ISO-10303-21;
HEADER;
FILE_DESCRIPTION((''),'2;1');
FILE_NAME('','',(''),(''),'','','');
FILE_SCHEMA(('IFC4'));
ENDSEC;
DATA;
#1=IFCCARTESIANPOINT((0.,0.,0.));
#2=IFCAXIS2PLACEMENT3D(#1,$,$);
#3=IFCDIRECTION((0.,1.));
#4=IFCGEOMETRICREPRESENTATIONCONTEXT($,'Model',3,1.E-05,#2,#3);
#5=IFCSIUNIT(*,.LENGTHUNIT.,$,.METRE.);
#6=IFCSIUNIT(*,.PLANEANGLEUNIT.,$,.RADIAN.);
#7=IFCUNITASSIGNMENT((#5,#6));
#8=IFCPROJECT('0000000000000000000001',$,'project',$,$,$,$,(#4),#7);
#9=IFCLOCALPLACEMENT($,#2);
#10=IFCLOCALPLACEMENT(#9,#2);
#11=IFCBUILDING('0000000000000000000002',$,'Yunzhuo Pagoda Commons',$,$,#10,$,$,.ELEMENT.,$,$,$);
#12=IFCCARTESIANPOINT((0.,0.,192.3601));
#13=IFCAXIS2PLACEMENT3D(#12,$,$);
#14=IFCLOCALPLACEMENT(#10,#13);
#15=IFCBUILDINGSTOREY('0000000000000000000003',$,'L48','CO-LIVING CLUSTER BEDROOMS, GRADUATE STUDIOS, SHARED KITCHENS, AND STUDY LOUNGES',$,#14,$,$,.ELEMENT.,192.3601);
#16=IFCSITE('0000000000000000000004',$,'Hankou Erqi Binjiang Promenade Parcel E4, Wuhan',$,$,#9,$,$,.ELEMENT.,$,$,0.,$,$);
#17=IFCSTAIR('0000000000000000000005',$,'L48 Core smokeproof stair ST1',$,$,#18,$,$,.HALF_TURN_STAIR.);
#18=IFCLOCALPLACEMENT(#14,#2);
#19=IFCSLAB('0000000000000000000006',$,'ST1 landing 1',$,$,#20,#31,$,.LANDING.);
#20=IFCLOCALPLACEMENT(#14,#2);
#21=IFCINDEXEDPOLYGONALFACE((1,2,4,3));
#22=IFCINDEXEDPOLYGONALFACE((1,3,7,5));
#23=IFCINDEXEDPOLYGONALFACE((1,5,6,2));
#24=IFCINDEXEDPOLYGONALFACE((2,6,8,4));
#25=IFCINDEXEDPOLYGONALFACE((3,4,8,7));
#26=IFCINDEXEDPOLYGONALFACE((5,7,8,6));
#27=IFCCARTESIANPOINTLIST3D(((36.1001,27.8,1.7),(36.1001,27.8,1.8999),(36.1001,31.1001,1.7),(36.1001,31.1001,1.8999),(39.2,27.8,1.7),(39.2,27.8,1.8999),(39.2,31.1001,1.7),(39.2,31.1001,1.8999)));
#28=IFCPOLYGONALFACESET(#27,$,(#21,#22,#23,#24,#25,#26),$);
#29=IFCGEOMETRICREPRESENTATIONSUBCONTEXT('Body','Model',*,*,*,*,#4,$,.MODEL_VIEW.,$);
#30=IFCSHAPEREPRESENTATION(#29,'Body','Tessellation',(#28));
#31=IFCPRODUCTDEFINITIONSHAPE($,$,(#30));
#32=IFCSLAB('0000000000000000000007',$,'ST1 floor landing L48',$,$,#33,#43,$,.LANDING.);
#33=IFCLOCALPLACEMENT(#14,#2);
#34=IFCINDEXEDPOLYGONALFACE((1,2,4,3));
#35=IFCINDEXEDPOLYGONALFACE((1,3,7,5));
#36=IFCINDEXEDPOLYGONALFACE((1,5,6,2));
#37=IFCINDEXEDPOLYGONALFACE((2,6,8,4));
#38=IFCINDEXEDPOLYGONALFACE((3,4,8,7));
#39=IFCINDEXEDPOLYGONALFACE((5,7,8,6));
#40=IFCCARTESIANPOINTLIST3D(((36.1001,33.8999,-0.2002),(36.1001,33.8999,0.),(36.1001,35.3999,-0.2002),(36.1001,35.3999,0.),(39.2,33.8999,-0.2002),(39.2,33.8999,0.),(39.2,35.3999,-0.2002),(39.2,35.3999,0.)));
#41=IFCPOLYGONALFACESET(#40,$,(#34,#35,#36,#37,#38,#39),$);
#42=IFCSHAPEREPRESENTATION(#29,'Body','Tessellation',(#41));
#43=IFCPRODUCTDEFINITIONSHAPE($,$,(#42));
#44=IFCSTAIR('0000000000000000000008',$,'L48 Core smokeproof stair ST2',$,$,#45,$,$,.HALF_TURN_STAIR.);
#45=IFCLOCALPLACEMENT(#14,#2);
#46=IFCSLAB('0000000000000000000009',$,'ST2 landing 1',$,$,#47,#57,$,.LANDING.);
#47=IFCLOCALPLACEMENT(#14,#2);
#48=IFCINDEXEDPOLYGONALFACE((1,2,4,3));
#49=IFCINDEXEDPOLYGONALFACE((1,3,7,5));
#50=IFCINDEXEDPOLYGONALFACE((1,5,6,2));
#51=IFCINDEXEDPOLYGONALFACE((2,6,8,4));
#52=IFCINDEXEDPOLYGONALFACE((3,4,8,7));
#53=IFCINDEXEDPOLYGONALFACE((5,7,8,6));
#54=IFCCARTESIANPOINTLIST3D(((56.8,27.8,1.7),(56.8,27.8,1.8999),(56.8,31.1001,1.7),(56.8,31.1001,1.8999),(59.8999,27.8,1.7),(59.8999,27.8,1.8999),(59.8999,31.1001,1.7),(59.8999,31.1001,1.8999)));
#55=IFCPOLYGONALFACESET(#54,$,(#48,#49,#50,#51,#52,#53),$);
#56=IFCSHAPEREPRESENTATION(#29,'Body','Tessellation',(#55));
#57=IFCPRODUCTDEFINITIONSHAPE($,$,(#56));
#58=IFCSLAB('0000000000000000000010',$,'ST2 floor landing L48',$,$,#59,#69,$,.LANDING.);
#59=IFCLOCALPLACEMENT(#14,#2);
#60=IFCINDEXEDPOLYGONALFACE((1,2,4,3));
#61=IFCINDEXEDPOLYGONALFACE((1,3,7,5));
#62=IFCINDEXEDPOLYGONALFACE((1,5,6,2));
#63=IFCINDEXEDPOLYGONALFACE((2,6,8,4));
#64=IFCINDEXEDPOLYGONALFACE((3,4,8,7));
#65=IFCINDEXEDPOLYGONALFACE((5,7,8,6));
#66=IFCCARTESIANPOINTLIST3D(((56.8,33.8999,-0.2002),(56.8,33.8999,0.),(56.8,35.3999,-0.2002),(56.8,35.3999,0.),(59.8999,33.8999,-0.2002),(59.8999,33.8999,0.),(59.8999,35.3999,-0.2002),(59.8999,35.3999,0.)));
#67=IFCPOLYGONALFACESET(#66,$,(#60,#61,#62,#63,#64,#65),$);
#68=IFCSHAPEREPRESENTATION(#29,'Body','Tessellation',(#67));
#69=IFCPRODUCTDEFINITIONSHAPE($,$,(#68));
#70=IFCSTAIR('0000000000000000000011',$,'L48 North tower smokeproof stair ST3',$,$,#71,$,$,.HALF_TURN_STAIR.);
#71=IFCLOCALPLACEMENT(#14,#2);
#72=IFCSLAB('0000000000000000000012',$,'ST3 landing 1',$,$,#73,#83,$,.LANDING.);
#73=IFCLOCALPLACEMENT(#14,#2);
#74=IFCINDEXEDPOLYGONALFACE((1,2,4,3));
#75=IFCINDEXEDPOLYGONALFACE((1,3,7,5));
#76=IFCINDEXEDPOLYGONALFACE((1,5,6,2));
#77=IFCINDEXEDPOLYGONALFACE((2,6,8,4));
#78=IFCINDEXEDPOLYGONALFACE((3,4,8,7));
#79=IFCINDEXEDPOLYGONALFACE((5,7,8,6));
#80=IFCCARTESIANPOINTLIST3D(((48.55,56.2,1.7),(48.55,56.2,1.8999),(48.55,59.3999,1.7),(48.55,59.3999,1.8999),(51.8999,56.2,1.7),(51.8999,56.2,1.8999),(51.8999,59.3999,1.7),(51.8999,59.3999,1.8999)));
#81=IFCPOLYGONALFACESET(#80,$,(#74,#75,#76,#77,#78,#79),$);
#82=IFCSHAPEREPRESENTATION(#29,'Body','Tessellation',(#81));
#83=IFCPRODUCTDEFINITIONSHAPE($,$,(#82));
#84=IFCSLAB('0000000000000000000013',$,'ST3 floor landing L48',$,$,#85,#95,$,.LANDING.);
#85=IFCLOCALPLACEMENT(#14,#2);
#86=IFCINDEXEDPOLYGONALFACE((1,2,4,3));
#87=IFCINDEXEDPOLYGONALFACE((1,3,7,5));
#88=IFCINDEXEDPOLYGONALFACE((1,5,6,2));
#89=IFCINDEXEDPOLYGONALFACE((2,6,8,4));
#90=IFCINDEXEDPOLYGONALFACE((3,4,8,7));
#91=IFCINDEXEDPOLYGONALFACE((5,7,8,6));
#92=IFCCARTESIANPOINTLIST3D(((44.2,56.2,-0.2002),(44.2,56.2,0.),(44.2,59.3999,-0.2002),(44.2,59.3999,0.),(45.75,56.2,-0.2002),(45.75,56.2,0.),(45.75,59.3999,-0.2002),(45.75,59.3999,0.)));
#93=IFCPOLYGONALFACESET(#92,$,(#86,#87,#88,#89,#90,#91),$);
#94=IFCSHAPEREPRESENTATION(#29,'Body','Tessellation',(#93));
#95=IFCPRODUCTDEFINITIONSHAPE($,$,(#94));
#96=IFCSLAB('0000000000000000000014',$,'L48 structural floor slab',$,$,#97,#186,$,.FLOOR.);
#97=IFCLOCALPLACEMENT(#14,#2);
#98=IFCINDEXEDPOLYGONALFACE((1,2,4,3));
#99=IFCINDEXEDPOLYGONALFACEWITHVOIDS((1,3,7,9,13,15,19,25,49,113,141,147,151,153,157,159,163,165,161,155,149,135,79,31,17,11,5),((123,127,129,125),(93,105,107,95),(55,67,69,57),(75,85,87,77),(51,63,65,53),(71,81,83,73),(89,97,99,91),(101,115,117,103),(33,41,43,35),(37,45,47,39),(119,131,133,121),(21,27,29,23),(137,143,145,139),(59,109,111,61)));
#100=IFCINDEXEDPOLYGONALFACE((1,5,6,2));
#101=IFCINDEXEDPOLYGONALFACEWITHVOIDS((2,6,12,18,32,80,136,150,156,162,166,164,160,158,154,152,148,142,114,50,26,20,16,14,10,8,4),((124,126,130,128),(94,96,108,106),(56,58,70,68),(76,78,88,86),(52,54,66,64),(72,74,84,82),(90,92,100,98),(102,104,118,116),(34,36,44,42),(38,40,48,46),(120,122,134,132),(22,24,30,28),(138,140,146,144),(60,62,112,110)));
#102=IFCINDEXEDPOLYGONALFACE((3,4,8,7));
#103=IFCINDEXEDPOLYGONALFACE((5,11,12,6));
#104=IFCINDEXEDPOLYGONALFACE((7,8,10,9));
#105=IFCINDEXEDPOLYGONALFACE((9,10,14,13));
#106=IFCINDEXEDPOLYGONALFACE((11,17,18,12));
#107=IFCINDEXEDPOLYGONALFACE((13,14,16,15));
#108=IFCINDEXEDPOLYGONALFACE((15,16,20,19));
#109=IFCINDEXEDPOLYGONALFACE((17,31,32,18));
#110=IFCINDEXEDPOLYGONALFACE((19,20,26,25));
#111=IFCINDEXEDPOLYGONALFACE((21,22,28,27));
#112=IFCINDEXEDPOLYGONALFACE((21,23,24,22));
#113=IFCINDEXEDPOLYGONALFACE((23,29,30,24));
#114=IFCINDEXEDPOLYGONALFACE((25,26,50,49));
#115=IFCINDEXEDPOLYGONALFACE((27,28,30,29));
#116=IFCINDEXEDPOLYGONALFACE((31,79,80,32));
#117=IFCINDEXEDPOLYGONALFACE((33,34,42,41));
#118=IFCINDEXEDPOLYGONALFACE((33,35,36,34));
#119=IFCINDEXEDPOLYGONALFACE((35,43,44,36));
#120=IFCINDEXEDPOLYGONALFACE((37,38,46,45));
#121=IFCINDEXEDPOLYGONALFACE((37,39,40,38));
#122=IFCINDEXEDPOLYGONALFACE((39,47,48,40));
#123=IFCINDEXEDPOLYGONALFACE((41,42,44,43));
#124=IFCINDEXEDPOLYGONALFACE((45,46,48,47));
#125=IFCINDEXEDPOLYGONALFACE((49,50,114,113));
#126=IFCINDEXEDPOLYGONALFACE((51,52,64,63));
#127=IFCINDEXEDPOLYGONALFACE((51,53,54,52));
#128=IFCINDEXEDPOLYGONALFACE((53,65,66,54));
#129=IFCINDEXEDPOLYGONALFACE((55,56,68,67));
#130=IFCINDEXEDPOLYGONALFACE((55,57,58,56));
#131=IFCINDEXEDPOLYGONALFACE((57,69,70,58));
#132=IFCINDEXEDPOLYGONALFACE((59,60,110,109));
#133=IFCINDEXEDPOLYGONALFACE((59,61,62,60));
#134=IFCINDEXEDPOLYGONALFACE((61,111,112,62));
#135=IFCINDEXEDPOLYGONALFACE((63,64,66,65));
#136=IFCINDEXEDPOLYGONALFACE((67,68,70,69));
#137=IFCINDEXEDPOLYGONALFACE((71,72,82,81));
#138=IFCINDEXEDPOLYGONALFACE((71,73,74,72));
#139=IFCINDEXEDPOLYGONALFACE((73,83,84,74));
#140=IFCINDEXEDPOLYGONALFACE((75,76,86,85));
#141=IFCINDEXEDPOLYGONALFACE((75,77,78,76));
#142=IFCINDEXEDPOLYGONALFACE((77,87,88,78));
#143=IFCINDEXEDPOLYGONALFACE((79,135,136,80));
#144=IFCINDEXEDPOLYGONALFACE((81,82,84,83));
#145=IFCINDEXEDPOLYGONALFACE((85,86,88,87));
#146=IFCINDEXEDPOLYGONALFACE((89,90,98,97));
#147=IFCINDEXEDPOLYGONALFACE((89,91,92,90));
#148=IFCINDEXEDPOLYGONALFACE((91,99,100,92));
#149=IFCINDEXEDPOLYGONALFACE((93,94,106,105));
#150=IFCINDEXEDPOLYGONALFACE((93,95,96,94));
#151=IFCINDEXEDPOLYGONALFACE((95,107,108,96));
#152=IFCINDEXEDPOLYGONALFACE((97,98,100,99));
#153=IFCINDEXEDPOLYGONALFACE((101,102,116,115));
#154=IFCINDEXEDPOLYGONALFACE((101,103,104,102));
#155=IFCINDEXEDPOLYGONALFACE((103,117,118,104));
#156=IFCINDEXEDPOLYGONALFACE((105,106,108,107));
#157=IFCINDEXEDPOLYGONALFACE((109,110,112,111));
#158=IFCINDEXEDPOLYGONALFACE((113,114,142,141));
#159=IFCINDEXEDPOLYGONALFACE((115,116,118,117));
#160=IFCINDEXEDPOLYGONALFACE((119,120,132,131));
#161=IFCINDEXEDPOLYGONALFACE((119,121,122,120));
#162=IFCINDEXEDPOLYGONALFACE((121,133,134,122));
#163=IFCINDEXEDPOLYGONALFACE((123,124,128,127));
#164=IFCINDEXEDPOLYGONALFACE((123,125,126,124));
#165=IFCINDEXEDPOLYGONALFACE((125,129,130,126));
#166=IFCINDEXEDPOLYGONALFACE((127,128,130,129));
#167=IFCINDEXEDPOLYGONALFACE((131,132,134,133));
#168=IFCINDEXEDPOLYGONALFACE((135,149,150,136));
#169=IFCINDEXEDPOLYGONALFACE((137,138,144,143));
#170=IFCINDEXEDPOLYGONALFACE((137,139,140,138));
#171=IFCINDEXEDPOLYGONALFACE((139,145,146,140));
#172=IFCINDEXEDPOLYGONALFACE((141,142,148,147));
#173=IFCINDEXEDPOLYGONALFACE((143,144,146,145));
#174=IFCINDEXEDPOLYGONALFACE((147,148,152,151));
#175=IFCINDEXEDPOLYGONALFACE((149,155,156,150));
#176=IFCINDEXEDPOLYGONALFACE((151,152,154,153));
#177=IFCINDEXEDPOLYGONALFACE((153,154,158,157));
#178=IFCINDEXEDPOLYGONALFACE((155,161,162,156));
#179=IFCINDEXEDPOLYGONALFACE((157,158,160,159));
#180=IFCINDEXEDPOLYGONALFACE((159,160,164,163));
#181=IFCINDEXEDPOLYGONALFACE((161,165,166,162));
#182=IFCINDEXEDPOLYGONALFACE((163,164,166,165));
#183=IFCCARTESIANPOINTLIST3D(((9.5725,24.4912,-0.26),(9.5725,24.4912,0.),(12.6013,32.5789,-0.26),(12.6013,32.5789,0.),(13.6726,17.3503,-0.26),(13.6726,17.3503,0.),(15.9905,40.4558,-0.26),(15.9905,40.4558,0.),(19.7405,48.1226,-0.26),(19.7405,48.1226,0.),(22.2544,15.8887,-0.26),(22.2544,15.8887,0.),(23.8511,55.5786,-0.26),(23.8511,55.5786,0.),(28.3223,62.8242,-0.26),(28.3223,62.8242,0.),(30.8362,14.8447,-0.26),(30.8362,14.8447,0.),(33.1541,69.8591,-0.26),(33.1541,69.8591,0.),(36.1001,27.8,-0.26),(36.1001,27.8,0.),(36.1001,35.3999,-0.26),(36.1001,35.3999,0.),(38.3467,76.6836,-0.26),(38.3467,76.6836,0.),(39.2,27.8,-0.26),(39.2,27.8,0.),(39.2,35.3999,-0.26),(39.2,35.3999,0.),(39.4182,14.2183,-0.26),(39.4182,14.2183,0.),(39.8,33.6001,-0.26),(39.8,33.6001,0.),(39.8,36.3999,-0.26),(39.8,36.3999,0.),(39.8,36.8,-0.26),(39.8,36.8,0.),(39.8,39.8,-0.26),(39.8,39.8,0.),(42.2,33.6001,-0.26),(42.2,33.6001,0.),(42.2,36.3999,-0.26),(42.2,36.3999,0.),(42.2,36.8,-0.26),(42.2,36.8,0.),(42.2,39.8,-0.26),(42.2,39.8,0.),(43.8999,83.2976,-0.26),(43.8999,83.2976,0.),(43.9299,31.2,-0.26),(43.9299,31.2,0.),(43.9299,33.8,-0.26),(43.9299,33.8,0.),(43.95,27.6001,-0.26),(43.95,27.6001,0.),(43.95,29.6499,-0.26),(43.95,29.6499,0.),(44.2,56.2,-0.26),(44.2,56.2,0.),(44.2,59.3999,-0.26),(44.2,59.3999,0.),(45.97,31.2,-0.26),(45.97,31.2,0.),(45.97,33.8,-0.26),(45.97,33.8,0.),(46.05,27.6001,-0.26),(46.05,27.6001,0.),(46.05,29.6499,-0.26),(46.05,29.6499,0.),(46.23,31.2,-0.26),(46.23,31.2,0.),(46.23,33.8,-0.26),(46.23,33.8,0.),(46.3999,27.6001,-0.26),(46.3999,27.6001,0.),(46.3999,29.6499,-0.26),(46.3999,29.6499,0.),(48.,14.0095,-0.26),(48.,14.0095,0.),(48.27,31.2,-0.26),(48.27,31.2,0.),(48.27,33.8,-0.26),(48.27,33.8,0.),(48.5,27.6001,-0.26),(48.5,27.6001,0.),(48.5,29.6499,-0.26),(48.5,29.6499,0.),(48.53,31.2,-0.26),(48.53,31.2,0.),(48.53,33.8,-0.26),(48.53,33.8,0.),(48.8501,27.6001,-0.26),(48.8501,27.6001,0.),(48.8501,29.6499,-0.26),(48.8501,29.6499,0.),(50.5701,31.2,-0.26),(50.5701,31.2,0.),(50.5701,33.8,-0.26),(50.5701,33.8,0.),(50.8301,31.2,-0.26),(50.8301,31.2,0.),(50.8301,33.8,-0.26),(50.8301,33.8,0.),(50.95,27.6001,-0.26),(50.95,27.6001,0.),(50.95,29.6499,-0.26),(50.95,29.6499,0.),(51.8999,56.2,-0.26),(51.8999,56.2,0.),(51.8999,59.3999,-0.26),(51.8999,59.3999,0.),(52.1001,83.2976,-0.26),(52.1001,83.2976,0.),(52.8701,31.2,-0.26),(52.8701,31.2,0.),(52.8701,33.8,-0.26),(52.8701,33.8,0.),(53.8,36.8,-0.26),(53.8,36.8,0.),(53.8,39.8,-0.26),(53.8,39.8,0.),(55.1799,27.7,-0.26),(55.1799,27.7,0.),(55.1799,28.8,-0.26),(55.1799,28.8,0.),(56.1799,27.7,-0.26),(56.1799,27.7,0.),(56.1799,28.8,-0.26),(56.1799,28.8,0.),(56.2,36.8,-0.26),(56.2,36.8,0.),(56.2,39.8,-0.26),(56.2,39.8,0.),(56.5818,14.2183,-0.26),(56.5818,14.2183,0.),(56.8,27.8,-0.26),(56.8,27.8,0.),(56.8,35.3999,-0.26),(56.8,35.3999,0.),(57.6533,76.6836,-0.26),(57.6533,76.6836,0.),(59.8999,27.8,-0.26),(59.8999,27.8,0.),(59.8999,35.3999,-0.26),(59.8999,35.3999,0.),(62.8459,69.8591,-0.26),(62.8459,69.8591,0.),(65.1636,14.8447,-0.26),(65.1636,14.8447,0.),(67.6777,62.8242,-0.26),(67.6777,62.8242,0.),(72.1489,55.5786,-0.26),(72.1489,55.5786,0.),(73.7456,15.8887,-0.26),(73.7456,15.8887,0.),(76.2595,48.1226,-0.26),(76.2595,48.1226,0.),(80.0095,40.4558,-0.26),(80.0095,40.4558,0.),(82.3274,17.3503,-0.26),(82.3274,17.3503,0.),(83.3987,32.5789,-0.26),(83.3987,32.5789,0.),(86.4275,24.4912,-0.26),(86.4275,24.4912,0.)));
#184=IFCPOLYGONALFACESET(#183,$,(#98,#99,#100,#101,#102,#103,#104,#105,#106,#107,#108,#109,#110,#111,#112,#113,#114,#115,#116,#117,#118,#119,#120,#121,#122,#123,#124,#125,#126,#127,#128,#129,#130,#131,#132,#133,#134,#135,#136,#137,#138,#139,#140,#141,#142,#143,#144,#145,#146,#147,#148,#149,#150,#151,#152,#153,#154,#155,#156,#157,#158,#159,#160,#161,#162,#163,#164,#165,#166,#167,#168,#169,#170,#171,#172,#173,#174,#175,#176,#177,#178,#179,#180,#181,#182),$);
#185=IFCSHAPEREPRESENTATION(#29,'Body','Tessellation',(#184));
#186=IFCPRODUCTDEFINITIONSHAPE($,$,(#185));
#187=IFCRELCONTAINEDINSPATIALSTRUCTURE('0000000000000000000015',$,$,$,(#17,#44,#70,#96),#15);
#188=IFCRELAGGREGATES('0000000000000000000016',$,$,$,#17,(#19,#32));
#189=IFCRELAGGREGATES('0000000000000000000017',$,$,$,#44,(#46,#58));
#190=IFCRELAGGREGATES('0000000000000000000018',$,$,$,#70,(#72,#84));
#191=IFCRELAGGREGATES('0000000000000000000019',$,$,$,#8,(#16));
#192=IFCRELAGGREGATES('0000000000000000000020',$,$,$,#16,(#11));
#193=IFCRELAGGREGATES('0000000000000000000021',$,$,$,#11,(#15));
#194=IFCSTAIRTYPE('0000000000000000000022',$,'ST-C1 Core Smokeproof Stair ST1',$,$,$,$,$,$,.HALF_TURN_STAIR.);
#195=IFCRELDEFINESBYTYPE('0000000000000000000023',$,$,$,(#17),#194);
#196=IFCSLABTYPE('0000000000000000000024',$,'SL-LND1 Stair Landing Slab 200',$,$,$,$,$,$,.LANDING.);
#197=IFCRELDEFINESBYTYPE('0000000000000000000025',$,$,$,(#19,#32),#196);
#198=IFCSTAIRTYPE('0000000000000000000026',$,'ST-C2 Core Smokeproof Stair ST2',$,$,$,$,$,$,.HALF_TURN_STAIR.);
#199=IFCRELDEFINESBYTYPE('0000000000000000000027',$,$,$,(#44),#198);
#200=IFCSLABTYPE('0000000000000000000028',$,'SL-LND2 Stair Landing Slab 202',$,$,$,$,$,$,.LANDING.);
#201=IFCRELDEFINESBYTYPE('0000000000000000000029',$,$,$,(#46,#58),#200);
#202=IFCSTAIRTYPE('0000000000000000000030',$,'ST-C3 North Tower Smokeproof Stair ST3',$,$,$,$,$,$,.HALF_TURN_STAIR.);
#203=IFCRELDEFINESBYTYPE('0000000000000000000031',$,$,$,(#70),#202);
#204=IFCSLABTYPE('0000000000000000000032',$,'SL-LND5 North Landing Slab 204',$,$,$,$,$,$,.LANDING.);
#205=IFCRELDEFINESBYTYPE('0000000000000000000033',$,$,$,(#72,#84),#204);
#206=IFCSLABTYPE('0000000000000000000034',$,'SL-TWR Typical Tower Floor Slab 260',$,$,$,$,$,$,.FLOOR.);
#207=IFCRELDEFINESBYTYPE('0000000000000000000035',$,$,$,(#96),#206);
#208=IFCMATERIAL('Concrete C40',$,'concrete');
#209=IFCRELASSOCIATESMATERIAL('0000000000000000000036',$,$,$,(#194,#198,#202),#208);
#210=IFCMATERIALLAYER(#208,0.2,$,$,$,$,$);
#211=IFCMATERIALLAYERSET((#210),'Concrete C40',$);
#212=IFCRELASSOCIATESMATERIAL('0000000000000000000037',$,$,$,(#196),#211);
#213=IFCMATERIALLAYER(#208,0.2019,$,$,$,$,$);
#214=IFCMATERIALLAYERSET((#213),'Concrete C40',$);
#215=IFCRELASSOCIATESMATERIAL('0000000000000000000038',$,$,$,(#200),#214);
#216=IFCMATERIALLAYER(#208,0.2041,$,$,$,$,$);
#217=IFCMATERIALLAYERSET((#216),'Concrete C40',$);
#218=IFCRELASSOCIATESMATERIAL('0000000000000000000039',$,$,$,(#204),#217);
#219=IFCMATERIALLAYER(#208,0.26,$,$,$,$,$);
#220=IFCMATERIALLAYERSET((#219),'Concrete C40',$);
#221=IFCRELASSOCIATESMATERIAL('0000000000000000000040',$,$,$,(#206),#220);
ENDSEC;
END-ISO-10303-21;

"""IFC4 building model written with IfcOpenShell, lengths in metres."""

from ifc_helpers import new_model, si_unit, direction, frame, origin, place, context, subcontext, project, spatial, polyline, outline, extrude, material, layer, layer_set, type_object, element, aggregate, save


model = new_model("IFC4")

# Units and contexts
model_context = context("Model", 3, precision=1e-05, world=origin(), true_north=direction((0.0, 1.0)))
body_context = subcontext(model_context, "Body", "Model", "MODEL_VIEW")
ifc_project = project(units=[si_unit("LENGTHUNIT", "METRE"), si_unit("PLANEANGLEUNIT", "RADIAN")], contexts=[model_context])

# Site, building, storey
site_placement = place(None, origin())
site = spatial("IfcSite", under=ifc_project, at=site_placement, Name="Hankou Erqi Binjiang Promenade Parcel E4, Wuhan", CompositionType="ELEMENT", RefElevation=0.0)
building_placement = place(site_placement, origin())
building = spatial("IfcBuilding", under=site, at=building_placement, Name="Yunzhuo Pagoda Commons", CompositionType="ELEMENT")
storey_placement = place(building_placement, frame((0.0, 0.0, 192.3601)))
storey = spatial("IfcBuildingStorey", under=building, at=storey_placement, Name="L48", Description="CO-LIVING CLUSTER BEDROOMS, GRADUATE STUDIOS, SHARED KITCHENS, AND STUDY LOUNGES", CompositionType="ELEMENT", Elevation=192.3601)

# Shared definitions
ifc_material_1 = material(Name="Concrete C40", Category="concrete")

# Stairs, slabs
stair_type_1 = type_object("IfcStairType", Name="ST-C1 Core Smokeproof Stair ST1", PredefinedType="HALF_TURN_STAIR", material=ifc_material_1)
stair_1_placement = place(storey_placement, origin())
stair_1 = element("IfcStair", 1, at=stair_1_placement, inside=storey, type_object=stair_type_1, Name="L48 Core smokeproof stair ST1", PredefinedType="HALF_TURN_STAIR")
ifc_layer_1 = layer(ifc_material_1, 0.2)
ifc_layer_set_1 = layer_set([ifc_layer_1], Name="Concrete C40")
slab_type_1 = type_object("IfcSlabType", Name="SL-LND1 Stair Landing Slab 200", PredefinedType="LANDING", material=ifc_layer_set_1)
slab_1_placement = place(storey_placement, frame((0.0, 0.0, 1.7)))
slab_1 = element("IfcSlab", 2, at=slab_1_placement, type_object=slab_type_1, Name="ST1 landing 1", PredefinedType="LANDING", context=body_context, shape_type="SweptSolid", body=[
    extrude(outline(polyline([(36.1001, 31.1001), (36.1001, 27.8), (39.2, 27.8), (39.2, 31.1001), (36.1001, 31.1001)])), origin(), (0.0, 0.0, 1.0), 0.2),
])
slab_2_placement = place(storey_placement, frame((0.0, 0.0, -0.2002)))
slab_2 = element("IfcSlab", 3, at=slab_2_placement, type_object=slab_type_1, Name="ST1 floor landing L48", PredefinedType="LANDING", context=body_context, shape_type="SweptSolid", body=[
    extrude(outline(polyline([(36.1001, 35.3999), (36.1001, 33.8999), (39.2, 33.8999), (39.2, 35.3999), (36.1001, 35.3999)])), origin(), (0.0, 0.0, 1.0), 0.2002),
])
aggregate(stair_1, [slab_1, slab_2])
stair_type_2 = type_object("IfcStairType", Name="ST-C2 Core Smokeproof Stair ST2", PredefinedType="HALF_TURN_STAIR", material=ifc_material_1)
stair_2_placement = place(storey_placement, origin())
stair_2 = element("IfcStair", 4, at=stair_2_placement, inside=storey, type_object=stair_type_2, Name="L48 Core smokeproof stair ST2", PredefinedType="HALF_TURN_STAIR")
ifc_layer_2 = layer(ifc_material_1, 0.2019)
ifc_layer_set_2 = layer_set([ifc_layer_2], Name="Concrete C40")
slab_type_2 = type_object("IfcSlabType", Name="SL-LND2 Stair Landing Slab 202", PredefinedType="LANDING", material=ifc_layer_set_2)
slab_3_placement = place(storey_placement, frame((0.0, 0.0, 1.7)))
slab_3 = element("IfcSlab", 5, at=slab_3_placement, type_object=slab_type_2, Name="ST2 landing 1", PredefinedType="LANDING", context=body_context, shape_type="SweptSolid", body=[
    extrude(outline(polyline([(56.8, 31.1001), (56.8, 27.8), (59.8999, 27.8), (59.8999, 31.1001), (56.8, 31.1001)])), origin(), (0.0, 0.0, 1.0), 0.2),
])
slab_4_placement = place(storey_placement, frame((0.0, 0.0, -0.2002)))
slab_4 = element("IfcSlab", 6, at=slab_4_placement, type_object=slab_type_2, Name="ST2 floor landing L48", PredefinedType="LANDING", context=body_context, shape_type="SweptSolid", body=[
    extrude(outline(polyline([(56.8, 35.3999), (56.8, 33.8999), (59.8999, 33.8999), (59.8999, 35.3999), (56.8, 35.3999)])), origin(), (0.0, 0.0, 1.0), 0.2002),
])
aggregate(stair_2, [slab_3, slab_4])
stair_type_3 = type_object("IfcStairType", Name="ST-C3 North Tower Smokeproof Stair ST3", PredefinedType="HALF_TURN_STAIR", material=ifc_material_1)
stair_3_placement = place(storey_placement, origin())
stair_3 = element("IfcStair", 7, at=stair_3_placement, inside=storey, type_object=stair_type_3, Name="L48 North tower smokeproof stair ST3", PredefinedType="HALF_TURN_STAIR")
ifc_layer_3 = layer(ifc_material_1, 0.2041)
ifc_layer_set_3 = layer_set([ifc_layer_3], Name="Concrete C40")
slab_type_3 = type_object("IfcSlabType", Name="SL-LND5 North Landing Slab 204", PredefinedType="LANDING", material=ifc_layer_set_3)
slab_5_placement = place(storey_placement, frame((0.0, 0.0, 1.7)))
slab_5 = element("IfcSlab", 8, at=slab_5_placement, type_object=slab_type_3, Name="ST3 landing 1", PredefinedType="LANDING", context=body_context, shape_type="SweptSolid", body=[
    extrude(outline(polyline([(48.55, 56.2), (51.8999, 56.2), (51.8999, 59.3999), (48.55, 59.3999), (48.55, 56.2)])), origin(), (0.0, 0.0, 1.0), 0.2),
])
slab_6_placement = place(storey_placement, frame((0.0, 0.0, -0.2002)))
slab_6 = element("IfcSlab", 9, at=slab_6_placement, type_object=slab_type_3, Name="ST3 floor landing L48", PredefinedType="LANDING", context=body_context, shape_type="SweptSolid", body=[
    extrude(outline(polyline([(44.2, 56.2), (45.75, 56.2), (45.75, 59.3999), (44.2, 59.3999), (44.2, 56.2)])), origin(), (0.0, 0.0, 1.0), 0.2002),
])
aggregate(stair_3, [slab_5, slab_6])

# Slab
ifc_layer_4 = layer(ifc_material_1, 0.26)
ifc_layer_set_4 = layer_set([ifc_layer_4], Name="Concrete C40")
slab_type_4 = type_object("IfcSlabType", Name="SL-TWR Typical Tower Floor Slab 260", PredefinedType="FLOOR", material=ifc_layer_set_4)
slab_7_placement = place(storey_placement, frame((0.0, 0.0, -0.26)))
element("IfcSlab", 10, at=slab_7_placement, inside=storey, type_object=slab_type_4, Name="L48 structural floor slab", PredefinedType="FLOOR", context=body_context, shape_type="SweptSolid", body=[
    extrude(outline(polyline([(12.6013, 32.5789), (15.9905, 40.4558), (19.7405, 48.1226), (23.8511, 55.5786), (28.3223, 62.8242), (33.1541, 69.8591), (38.3467, 76.6836), (43.8999, 83.2976), (52.1001, 83.2976), (57.6533, 76.6836), (62.8459, 69.8591), (67.6777, 62.8242), (72.1489, 55.5786), (76.2595, 48.1226), (80.0095, 40.4558), (83.3987, 32.5789), (86.4275, 24.4912), (82.3274, 17.3503), (73.7456, 15.8887), (65.1636, 14.8447), (56.5818, 14.2183), (48.0, 14.0095), (39.4182, 14.2183), (30.8362, 14.8447), (22.2544, 15.8887), (13.6726, 17.3503), (9.5725, 24.4912), (12.6013, 32.5789)]), holes=[polyline([(46.05, 29.6499), (43.95, 29.6499), (43.95, 27.6001), (46.05, 27.6001), (46.05, 29.6499)]), polyline([(48.5, 27.6001), (48.5, 29.6499), (46.3999, 29.6499), (46.3999, 27.6001), (48.5, 27.6001)]), polyline([(36.1001, 27.8), (39.2, 27.8), (39.2, 35.3999), (36.1001, 35.3999), (36.1001, 27.8)]), polyline([(45.97, 31.2), (45.97, 33.8), (43.9299, 33.8), (43.9299, 31.2), (45.97, 31.2)]), polyline([(48.27, 31.2), (48.27, 33.8), (46.23, 33.8), (46.23, 31.2), (48.27, 31.2)]), polyline([(42.2, 33.6001), (42.2, 36.3999), (39.8, 36.3999), (39.8, 33.6001), (42.2, 33.6001)]), polyline([(42.2, 36.8), (42.2, 39.8), (39.8, 39.8), (39.8, 36.8), (42.2, 36.8)]), polyline([(56.1799, 28.8), (55.1799, 28.8), (55.1799, 27.7), (56.1799, 27.7), (56.1799, 28.8)]), polyline([(50.95, 27.6001), (50.95, 29.6499), (48.8501, 29.6499), (48.8501, 27.6001), (50.95, 27.6001)]), polyline([(56.8, 27.8), (59.8999, 27.8), (59.8999, 35.3999), (56.8, 35.3999), (56.8, 27.8)]), polyline([(50.5701, 31.2), (50.5701, 33.8), (48.53, 33.8), (48.53, 31.2), (50.5701, 31.2)]), polyline([(52.8701, 31.2), (52.8701, 33.8), (50.8301, 33.8), (50.8301, 31.2), (52.8701, 31.2)]), polyline([(56.2, 36.8), (56.2, 39.8), (53.8, 39.8), (53.8, 36.8), (56.2, 36.8)]), polyline([(51.8999, 56.2), (51.8999, 59.3999), (44.2, 59.3999), (44.2, 56.2), (51.8999, 56.2)])]), origin(), (0.0, 0.0, 1.0), 0.26),
])

save(model, "model.ifc")
